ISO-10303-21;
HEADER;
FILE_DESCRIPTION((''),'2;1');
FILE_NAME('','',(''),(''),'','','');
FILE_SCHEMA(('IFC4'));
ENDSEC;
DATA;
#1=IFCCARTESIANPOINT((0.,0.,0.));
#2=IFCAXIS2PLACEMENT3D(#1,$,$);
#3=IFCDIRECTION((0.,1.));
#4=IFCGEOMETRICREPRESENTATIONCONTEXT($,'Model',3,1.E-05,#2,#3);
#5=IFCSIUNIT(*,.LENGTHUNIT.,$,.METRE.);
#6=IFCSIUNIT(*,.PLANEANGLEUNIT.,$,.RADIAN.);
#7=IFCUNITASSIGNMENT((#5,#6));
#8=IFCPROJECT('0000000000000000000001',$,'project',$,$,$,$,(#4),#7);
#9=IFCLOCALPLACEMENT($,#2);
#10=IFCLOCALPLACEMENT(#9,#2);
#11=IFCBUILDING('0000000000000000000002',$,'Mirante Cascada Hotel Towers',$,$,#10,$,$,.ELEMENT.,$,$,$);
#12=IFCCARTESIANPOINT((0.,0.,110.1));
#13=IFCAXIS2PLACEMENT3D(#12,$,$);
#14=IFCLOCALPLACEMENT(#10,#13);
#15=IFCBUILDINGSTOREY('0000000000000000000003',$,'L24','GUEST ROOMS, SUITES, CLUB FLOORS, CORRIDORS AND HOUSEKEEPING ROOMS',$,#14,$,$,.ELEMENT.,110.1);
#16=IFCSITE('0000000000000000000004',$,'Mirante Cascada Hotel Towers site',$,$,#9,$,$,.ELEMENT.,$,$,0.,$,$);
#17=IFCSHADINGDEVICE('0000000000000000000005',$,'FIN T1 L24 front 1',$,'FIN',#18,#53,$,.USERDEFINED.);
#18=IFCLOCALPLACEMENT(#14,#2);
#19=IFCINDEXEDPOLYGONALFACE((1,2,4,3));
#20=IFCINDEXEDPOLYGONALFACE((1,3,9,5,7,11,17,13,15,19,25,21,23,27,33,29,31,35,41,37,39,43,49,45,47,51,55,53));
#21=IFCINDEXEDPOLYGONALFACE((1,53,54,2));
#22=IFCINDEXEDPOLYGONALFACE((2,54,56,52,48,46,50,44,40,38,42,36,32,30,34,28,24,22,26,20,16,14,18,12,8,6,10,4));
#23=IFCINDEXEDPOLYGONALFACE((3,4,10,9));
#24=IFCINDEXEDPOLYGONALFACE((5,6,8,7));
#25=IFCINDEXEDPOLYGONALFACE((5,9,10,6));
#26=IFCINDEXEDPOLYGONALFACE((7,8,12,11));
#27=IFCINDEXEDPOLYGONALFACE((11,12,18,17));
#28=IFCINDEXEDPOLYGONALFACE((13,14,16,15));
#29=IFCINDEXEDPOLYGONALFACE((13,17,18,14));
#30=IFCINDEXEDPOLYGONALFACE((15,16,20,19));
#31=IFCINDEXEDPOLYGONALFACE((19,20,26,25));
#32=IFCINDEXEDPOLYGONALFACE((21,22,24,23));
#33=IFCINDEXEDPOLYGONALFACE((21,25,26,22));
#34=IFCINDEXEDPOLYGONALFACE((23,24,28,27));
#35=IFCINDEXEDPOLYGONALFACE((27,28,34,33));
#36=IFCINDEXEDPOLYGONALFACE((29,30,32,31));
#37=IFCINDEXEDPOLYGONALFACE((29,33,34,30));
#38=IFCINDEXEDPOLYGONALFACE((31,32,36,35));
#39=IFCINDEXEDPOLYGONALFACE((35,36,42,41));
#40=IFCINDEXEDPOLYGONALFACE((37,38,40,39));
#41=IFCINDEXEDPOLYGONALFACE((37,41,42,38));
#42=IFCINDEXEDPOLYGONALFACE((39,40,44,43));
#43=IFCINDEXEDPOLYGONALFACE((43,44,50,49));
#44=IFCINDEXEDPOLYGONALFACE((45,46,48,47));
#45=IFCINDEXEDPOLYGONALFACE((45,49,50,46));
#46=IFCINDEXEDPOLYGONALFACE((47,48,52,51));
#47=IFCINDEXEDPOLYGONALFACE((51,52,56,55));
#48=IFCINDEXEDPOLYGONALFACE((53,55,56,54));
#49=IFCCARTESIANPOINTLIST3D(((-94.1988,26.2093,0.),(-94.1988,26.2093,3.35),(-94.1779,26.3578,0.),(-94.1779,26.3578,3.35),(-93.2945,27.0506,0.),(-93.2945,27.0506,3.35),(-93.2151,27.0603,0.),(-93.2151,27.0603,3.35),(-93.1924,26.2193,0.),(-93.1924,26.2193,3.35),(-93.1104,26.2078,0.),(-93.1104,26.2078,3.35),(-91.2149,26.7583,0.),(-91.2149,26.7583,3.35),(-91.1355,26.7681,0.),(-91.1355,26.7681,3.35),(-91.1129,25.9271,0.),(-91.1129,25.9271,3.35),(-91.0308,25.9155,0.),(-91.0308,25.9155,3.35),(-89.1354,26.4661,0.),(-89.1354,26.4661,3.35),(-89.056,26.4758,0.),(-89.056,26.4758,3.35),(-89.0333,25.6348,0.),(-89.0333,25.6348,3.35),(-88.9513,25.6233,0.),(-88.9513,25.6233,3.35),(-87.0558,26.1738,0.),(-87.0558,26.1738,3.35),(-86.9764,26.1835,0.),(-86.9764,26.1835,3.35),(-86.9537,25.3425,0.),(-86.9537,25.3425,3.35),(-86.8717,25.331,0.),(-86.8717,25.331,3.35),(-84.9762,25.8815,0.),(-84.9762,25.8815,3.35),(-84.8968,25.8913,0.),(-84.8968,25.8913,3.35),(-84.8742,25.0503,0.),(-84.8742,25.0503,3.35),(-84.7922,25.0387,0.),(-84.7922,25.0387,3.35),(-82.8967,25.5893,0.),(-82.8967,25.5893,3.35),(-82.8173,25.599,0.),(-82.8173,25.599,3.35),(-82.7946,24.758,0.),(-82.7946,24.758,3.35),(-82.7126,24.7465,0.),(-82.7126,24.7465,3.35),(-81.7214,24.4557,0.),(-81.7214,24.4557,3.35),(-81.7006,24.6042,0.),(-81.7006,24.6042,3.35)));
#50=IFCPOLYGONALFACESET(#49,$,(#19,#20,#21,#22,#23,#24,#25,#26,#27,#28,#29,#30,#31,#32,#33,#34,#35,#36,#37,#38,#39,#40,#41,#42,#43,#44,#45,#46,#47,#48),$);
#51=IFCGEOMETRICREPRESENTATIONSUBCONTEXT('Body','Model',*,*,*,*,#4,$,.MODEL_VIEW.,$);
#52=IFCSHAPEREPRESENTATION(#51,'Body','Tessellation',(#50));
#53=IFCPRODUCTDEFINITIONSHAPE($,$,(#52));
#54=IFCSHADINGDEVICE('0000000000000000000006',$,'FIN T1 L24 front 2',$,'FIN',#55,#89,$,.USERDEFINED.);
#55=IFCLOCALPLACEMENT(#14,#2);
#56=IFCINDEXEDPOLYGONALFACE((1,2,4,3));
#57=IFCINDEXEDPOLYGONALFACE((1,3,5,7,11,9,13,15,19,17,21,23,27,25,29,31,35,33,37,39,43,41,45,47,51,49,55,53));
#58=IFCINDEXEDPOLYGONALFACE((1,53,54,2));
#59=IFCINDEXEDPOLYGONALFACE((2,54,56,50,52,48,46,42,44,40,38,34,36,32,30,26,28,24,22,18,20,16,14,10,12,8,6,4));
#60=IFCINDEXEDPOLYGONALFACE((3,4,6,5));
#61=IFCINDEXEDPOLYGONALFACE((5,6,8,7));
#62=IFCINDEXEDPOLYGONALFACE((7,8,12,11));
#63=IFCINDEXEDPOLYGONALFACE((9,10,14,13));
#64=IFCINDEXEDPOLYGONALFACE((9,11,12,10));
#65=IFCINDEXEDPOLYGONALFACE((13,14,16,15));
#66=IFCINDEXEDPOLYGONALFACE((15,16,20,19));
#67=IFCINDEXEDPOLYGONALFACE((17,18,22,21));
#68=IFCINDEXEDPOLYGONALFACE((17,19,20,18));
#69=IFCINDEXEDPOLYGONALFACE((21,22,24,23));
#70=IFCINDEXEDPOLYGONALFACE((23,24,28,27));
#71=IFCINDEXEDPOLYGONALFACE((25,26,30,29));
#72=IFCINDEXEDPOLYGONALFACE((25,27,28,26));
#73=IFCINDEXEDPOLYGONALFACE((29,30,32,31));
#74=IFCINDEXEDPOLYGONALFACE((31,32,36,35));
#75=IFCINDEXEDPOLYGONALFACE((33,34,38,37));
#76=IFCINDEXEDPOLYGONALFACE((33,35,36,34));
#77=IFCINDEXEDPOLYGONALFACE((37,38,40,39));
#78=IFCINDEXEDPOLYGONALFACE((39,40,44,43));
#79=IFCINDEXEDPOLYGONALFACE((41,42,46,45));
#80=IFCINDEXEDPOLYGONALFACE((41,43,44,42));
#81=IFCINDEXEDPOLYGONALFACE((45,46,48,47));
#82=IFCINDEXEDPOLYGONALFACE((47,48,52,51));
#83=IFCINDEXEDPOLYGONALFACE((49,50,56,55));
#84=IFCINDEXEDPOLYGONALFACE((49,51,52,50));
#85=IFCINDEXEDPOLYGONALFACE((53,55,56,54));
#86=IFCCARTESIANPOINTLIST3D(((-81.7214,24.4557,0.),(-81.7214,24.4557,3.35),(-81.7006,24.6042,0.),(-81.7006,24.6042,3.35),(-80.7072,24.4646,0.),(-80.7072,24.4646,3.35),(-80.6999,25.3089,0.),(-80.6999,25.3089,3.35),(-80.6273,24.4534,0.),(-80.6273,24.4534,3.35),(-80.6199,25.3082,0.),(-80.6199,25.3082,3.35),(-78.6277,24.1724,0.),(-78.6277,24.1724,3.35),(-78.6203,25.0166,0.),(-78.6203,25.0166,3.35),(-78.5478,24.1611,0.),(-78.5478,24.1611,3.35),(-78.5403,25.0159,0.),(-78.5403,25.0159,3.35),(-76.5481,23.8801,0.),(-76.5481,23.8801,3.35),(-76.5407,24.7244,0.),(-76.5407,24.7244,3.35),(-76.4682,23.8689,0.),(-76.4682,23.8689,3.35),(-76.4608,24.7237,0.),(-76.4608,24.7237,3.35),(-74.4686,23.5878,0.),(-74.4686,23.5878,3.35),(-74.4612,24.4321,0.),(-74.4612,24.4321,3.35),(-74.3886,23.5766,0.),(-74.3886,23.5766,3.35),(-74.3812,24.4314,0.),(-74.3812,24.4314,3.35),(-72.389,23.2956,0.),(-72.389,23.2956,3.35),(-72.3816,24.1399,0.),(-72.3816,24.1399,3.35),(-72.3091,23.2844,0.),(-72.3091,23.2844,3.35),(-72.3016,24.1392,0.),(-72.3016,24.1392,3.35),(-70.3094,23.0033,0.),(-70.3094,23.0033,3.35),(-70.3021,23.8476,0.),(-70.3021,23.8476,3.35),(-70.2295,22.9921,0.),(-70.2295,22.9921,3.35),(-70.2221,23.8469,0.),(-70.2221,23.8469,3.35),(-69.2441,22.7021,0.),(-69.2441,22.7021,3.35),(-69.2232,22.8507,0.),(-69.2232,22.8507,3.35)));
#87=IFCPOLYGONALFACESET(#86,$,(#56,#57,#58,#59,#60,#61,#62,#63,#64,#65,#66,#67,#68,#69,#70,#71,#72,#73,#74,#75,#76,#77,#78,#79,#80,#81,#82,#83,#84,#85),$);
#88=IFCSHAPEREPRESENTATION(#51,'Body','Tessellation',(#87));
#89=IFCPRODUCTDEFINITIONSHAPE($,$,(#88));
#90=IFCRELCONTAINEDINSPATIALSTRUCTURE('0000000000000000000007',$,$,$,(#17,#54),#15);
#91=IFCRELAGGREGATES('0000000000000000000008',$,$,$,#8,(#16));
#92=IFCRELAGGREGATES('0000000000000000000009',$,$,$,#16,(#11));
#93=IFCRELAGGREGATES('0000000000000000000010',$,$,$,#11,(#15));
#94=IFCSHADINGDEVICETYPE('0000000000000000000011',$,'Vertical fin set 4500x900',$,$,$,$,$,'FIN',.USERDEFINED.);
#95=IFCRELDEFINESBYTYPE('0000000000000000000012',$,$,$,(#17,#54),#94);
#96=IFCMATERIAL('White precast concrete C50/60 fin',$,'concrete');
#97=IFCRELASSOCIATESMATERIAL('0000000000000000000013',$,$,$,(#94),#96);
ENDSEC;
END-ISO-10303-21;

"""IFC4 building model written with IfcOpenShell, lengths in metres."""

from ifc_helpers import new_model, si_unit, direction, frame, origin, place, context, subcontext, project, spatial, polyline, outline, extrude, material, type_object, element, save


model = new_model("IFC4")

# Units and contexts
model_context = context("Model", 3, precision=1e-05, world=origin(), true_north=direction((0.0, 1.0)))
body_context = subcontext(model_context, "Body", "Model", "MODEL_VIEW")
ifc_project = project(units=[si_unit("LENGTHUNIT", "METRE"), si_unit("PLANEANGLEUNIT", "RADIAN")], contexts=[model_context])

# Site, building, storey
site_placement = place(None, origin())
site = spatial("IfcSite", under=ifc_project, at=site_placement, Name="Mirante Cascada Hotel Towers site", CompositionType="ELEMENT", RefElevation=0.0)
building_placement = place(site_placement, origin())
building = spatial("IfcBuilding", under=site, at=building_placement, Name="Mirante Cascada Hotel Towers", CompositionType="ELEMENT")
storey_placement = place(building_placement, frame((0.0, 0.0, 110.1)))
storey = spatial("IfcBuildingStorey", under=building, at=storey_placement, Name="L24", Description="GUEST ROOMS, SUITES, CLUB FLOORS, CORRIDORS AND HOUSEKEEPING ROOMS", CompositionType="ELEMENT", Elevation=110.1)

# Shading devices
ifc_material_1 = material(Name="White precast concrete C50/60 fin", Category="concrete")
shading_device_type = type_object("IfcShadingDeviceType", Name="Vertical fin set 4500x900", ElementType="FIN", PredefinedType="USERDEFINED", material=ifc_material_1)
shading_device_1_placement = place(storey_placement, origin())
element("IfcShadingDevice", 1, at=shading_device_1_placement, inside=storey, type_object=shading_device_type, Name="FIN T1 L24 front 1", ObjectType="FIN", PredefinedType="USERDEFINED", context=body_context, shape_type="SweptSolid", body=[
    extrude(outline(polyline([(-82.8173, 25.599), (-82.7126, 24.7465), (-81.7006, 24.6042), (-81.7214, 24.4557), (-94.1988, 26.2093), (-94.1779, 26.3578), (-93.1924, 26.2193), (-93.2945, 27.0506), (-93.2151, 27.0603), (-93.1104, 26.2078), (-91.1129, 25.9271), (-91.2149, 26.7583), (-91.1355, 26.7681), (-91.0308, 25.9155), (-89.0333, 25.6348), (-89.1354, 26.4661), (-89.056, 26.4758), (-88.9513, 25.6233), (-86.9537, 25.3425), (-87.0558, 26.1738), (-86.9764, 26.1835), (-86.8717, 25.331), (-84.8742, 25.0503), (-84.9762, 25.8815), (-84.8968, 25.8913), (-84.7922, 25.0387), (-82.7946, 24.758), (-82.8967, 25.5893), (-82.8173, 25.599)])), origin(), (0.0, 0.0, 1.0), 3.35),
])
shading_device_2_placement = place(storey_placement, origin())
element("IfcShadingDevice", 2, at=shading_device_2_placement, inside=storey, type_object=shading_device_type, Name="FIN T1 L24 front 2", ObjectType="FIN", PredefinedType="USERDEFINED", context=body_context, shape_type="SweptSolid", body=[
    extrude(outline(polyline([(-70.2221, 23.8469), (-70.2295, 22.9921), (-69.2232, 22.8507), (-69.2441, 22.7021), (-81.7214, 24.4557), (-81.7006, 24.6042), (-80.7072, 24.4646), (-80.6999, 25.3089), (-80.6199, 25.3082), (-80.6273, 24.4534), (-78.6277, 24.1724), (-78.6203, 25.0166), (-78.5403, 25.0159), (-78.5478, 24.1611), (-76.5481, 23.8801), (-76.5407, 24.7244), (-76.4608, 24.7237), (-76.4682, 23.8689), (-74.4686, 23.5878), (-74.4612, 24.4321), (-74.3812, 24.4314), (-74.3886, 23.5766), (-72.389, 23.2956), (-72.3816, 24.1399), (-72.3016, 24.1392), (-72.3091, 23.2844), (-70.3094, 23.0033), (-70.3021, 23.8476), (-70.2221, 23.8469)])), origin(), (0.0, 0.0, 1.0), 3.35),
])

save(model, "model.ifc")
